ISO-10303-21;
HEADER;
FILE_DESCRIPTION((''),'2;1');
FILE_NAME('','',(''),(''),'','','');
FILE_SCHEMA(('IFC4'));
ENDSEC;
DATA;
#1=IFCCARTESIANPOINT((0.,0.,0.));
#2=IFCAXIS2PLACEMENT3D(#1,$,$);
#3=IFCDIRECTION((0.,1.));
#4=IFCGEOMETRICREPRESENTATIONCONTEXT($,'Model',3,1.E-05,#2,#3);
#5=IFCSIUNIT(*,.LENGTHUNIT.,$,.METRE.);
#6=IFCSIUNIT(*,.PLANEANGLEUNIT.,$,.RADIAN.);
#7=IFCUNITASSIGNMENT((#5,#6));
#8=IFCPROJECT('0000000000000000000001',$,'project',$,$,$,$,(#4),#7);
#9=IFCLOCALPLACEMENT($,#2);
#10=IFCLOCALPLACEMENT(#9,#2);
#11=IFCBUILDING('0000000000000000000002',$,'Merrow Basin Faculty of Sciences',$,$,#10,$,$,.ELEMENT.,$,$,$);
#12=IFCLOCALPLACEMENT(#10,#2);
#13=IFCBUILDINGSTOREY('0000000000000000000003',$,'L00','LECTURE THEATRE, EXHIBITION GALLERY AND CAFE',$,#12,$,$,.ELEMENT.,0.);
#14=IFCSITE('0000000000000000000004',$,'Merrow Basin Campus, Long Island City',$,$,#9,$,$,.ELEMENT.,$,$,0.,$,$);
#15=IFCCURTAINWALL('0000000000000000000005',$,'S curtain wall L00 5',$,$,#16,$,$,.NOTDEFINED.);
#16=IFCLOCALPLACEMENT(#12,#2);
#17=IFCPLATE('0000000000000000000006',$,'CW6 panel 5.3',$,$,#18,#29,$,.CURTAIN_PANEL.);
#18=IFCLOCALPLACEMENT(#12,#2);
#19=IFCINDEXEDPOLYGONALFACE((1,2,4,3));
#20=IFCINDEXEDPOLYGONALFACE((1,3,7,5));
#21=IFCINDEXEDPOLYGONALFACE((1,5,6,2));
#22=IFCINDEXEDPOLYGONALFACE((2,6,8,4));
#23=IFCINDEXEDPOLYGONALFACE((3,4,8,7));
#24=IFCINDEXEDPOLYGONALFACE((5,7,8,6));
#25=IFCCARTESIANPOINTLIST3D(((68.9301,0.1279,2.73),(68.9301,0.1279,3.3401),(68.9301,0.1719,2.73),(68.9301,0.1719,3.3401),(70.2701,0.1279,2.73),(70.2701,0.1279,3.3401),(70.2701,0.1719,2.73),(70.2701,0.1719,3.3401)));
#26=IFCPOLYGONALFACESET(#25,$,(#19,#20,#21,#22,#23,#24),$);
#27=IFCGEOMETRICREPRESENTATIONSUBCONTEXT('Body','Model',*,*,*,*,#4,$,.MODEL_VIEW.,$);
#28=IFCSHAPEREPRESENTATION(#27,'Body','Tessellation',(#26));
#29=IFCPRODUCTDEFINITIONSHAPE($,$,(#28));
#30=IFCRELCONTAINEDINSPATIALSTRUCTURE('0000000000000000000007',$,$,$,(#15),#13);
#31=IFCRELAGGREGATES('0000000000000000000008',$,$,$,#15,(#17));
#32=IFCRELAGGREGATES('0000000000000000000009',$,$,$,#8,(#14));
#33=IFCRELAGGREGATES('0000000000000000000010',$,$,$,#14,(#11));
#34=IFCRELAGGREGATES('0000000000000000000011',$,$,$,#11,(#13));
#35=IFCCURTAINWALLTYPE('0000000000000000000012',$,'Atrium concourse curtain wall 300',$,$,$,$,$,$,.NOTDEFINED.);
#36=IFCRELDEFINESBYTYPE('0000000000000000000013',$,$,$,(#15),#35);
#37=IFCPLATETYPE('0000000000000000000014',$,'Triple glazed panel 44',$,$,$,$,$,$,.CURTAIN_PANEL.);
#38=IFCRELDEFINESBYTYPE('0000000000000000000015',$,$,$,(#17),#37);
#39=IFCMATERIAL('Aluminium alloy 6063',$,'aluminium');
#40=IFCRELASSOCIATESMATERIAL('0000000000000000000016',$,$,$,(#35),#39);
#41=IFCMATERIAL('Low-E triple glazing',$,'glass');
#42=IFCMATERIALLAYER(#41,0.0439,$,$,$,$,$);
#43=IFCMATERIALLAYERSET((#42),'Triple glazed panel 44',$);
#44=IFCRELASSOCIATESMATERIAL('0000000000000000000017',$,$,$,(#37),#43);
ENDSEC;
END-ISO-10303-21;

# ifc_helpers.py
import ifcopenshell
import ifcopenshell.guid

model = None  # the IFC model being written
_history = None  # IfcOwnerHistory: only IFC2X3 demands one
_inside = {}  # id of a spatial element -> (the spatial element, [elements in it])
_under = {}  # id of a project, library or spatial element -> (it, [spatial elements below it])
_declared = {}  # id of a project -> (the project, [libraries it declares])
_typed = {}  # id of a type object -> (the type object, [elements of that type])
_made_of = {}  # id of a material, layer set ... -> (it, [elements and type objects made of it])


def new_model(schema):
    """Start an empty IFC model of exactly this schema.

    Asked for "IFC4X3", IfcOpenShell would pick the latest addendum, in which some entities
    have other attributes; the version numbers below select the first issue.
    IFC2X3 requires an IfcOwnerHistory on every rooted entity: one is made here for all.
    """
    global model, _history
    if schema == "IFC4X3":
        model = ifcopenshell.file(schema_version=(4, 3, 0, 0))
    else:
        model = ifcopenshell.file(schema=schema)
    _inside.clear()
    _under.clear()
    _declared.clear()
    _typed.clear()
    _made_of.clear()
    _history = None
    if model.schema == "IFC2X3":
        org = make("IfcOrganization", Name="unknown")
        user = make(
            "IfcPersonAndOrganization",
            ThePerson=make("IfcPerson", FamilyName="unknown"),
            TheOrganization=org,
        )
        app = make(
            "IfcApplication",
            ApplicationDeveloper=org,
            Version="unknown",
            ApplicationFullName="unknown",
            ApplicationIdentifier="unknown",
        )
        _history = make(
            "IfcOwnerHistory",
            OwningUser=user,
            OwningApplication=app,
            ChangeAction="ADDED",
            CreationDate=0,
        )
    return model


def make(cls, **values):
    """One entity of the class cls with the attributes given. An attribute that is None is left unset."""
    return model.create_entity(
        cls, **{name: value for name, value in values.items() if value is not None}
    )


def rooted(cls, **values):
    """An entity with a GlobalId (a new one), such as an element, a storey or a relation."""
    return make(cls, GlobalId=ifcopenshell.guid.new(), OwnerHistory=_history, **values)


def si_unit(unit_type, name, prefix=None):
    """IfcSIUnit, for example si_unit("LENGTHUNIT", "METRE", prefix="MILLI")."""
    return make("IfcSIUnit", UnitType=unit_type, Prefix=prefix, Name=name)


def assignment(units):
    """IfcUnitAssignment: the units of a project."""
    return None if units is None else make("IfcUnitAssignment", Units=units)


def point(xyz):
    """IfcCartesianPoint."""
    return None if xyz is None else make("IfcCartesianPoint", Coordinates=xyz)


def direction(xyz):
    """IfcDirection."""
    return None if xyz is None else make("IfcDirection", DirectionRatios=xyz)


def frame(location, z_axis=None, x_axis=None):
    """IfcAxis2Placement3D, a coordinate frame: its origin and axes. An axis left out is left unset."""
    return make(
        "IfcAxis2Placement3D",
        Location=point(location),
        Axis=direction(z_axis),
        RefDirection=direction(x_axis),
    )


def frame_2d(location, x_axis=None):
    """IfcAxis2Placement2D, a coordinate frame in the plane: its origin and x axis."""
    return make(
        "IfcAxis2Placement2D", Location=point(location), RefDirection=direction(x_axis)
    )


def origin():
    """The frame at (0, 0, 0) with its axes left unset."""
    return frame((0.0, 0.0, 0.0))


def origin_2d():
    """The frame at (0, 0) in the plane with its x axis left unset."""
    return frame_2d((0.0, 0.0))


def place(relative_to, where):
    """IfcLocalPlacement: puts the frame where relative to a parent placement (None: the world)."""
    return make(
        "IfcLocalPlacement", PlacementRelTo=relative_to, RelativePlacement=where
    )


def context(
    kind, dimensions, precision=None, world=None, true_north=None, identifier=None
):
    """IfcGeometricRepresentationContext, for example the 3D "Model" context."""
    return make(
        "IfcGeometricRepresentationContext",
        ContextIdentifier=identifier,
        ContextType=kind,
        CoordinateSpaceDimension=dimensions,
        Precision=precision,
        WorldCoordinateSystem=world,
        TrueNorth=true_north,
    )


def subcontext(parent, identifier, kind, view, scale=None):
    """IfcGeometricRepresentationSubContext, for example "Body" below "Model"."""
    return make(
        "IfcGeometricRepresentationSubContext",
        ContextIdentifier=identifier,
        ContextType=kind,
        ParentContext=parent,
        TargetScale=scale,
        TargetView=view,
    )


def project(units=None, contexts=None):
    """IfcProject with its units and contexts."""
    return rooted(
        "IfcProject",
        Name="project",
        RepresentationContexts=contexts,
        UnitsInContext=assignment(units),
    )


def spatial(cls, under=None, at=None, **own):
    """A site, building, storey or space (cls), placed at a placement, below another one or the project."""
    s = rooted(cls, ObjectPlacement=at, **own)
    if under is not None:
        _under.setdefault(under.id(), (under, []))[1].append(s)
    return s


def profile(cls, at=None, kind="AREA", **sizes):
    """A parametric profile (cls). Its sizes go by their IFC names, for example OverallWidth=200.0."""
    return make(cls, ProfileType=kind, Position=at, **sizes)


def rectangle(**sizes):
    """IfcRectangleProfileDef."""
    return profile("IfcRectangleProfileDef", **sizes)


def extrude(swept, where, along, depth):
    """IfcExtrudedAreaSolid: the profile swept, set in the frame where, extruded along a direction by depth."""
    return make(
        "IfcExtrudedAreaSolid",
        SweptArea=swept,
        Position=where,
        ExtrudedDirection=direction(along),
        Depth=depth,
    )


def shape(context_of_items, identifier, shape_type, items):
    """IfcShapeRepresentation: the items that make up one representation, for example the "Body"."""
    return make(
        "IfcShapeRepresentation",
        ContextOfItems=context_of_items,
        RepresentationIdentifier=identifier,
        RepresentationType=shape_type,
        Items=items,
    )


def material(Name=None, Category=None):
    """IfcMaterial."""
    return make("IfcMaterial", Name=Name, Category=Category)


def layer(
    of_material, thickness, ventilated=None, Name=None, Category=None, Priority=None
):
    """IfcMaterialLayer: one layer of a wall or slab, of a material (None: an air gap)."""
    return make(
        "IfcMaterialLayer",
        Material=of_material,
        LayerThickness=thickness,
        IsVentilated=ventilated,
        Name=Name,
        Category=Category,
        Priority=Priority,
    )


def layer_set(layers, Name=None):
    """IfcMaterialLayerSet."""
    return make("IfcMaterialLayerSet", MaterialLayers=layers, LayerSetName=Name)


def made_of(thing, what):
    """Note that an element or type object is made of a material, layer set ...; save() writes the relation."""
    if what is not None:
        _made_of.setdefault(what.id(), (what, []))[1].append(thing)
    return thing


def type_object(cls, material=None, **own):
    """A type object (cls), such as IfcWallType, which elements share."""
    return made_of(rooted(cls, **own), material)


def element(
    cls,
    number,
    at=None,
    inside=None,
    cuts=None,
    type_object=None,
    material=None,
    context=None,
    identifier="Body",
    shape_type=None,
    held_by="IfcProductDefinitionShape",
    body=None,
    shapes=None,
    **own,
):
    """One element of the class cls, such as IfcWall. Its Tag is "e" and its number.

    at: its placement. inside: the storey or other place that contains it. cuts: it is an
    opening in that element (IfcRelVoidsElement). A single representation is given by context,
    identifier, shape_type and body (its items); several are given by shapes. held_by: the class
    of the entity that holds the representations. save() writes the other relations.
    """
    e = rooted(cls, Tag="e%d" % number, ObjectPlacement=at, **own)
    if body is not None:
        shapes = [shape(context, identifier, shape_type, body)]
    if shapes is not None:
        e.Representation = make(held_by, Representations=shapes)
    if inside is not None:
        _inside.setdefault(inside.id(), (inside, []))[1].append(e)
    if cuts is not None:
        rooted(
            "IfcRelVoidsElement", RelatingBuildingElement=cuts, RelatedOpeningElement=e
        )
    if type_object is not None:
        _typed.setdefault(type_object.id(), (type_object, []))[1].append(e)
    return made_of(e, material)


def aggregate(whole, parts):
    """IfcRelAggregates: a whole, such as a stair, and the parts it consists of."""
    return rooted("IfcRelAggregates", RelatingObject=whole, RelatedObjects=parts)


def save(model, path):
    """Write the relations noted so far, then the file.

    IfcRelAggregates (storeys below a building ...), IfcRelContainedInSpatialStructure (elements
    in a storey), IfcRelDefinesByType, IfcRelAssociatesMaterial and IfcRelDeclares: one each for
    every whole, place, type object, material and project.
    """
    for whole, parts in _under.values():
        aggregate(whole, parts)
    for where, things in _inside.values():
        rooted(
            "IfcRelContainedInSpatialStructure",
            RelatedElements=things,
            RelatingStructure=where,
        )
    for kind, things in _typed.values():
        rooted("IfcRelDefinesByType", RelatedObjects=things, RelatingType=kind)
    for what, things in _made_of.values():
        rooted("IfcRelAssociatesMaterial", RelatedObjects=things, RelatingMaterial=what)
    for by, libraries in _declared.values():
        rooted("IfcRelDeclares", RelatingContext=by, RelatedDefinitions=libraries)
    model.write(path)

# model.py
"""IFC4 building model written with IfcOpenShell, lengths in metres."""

from ifc_helpers import new_model, si_unit, direction, frame, origin, origin_2d, place, context, subcontext, project, spatial, rectangle, extrude, material, layer, layer_set, type_object, element, aggregate, save


model = new_model("IFC4")

# Units and contexts
model_context = context("Model", 3, precision=1e-05, world=origin(), true_north=direction((0.0, 1.0)))
body_context = subcontext(model_context, "Body", "Model", "MODEL_VIEW")
ifc_project = project(units=[si_unit("LENGTHUNIT", "METRE"), si_unit("PLANEANGLEUNIT", "RADIAN")], contexts=[model_context])

# Site, building, storey
site_placement = place(None, origin())
site = spatial("IfcSite", under=ifc_project, at=site_placement, Name="Merrow Basin Campus, Long Island City", CompositionType="ELEMENT", RefElevation=0.0)
building_placement = place(site_placement, origin())
building = spatial("IfcBuilding", under=site, at=building_placement, Name="Merrow Basin Faculty of Sciences", CompositionType="ELEMENT")
storey_placement = place(building_placement, origin())
storey = spatial("IfcBuildingStorey", under=building, at=storey_placement, Name="L00", Description="LECTURE THEATRE, EXHIBITION GALLERY AND CAFE", CompositionType="ELEMENT", Elevation=0.0)

# Curtain wall, plate
ifc_material_1 = material(Name="Aluminium alloy 6063", Category="aluminium")
curtain_wall_type = type_object("IfcCurtainWallType", Name="Atrium concourse curtain wall 300", PredefinedType="NOTDEFINED", material=ifc_material_1)
curtain_wall_placement = place(storey_placement, origin())
curtain_wall = element("IfcCurtainWall", 1, at=curtain_wall_placement, inside=storey, type_object=curtain_wall_type, Name="S curtain wall L00 5", PredefinedType="NOTDEFINED")
ifc_material_2 = material(Name="Low-E triple glazing", Category="glass")
ifc_layer_1 = layer(ifc_material_2, 0.0439)
ifc_layer_set_1 = layer_set([ifc_layer_1], Name="Triple glazed panel 44")
plate_type_1 = type_object("IfcPlateType", Name="Triple glazed panel 44", PredefinedType="CURTAIN_PANEL", material=ifc_layer_set_1)
plate_1_placement = place(storey_placement, frame((69.6001, 0.1499, 2.73), z_axis=(0.0, 0.0, 1.0), x_axis=(1.0, 0.0, 0.0)))
plate_1 = element("IfcPlate", 2, at=plate_1_placement, type_object=plate_type_1, Name="CW6 panel 5.3", PredefinedType="CURTAIN_PANEL", context=body_context, shape_type="SweptSolid", body=[
    extrude(rectangle(XDim=1.3401, YDim=0.0439, at=origin_2d()), origin(), (0.0, 0.0, 1.0), 0.6101),
])
aggregate(curtain_wall, [plate_1])

save(model, "model.ifc")
